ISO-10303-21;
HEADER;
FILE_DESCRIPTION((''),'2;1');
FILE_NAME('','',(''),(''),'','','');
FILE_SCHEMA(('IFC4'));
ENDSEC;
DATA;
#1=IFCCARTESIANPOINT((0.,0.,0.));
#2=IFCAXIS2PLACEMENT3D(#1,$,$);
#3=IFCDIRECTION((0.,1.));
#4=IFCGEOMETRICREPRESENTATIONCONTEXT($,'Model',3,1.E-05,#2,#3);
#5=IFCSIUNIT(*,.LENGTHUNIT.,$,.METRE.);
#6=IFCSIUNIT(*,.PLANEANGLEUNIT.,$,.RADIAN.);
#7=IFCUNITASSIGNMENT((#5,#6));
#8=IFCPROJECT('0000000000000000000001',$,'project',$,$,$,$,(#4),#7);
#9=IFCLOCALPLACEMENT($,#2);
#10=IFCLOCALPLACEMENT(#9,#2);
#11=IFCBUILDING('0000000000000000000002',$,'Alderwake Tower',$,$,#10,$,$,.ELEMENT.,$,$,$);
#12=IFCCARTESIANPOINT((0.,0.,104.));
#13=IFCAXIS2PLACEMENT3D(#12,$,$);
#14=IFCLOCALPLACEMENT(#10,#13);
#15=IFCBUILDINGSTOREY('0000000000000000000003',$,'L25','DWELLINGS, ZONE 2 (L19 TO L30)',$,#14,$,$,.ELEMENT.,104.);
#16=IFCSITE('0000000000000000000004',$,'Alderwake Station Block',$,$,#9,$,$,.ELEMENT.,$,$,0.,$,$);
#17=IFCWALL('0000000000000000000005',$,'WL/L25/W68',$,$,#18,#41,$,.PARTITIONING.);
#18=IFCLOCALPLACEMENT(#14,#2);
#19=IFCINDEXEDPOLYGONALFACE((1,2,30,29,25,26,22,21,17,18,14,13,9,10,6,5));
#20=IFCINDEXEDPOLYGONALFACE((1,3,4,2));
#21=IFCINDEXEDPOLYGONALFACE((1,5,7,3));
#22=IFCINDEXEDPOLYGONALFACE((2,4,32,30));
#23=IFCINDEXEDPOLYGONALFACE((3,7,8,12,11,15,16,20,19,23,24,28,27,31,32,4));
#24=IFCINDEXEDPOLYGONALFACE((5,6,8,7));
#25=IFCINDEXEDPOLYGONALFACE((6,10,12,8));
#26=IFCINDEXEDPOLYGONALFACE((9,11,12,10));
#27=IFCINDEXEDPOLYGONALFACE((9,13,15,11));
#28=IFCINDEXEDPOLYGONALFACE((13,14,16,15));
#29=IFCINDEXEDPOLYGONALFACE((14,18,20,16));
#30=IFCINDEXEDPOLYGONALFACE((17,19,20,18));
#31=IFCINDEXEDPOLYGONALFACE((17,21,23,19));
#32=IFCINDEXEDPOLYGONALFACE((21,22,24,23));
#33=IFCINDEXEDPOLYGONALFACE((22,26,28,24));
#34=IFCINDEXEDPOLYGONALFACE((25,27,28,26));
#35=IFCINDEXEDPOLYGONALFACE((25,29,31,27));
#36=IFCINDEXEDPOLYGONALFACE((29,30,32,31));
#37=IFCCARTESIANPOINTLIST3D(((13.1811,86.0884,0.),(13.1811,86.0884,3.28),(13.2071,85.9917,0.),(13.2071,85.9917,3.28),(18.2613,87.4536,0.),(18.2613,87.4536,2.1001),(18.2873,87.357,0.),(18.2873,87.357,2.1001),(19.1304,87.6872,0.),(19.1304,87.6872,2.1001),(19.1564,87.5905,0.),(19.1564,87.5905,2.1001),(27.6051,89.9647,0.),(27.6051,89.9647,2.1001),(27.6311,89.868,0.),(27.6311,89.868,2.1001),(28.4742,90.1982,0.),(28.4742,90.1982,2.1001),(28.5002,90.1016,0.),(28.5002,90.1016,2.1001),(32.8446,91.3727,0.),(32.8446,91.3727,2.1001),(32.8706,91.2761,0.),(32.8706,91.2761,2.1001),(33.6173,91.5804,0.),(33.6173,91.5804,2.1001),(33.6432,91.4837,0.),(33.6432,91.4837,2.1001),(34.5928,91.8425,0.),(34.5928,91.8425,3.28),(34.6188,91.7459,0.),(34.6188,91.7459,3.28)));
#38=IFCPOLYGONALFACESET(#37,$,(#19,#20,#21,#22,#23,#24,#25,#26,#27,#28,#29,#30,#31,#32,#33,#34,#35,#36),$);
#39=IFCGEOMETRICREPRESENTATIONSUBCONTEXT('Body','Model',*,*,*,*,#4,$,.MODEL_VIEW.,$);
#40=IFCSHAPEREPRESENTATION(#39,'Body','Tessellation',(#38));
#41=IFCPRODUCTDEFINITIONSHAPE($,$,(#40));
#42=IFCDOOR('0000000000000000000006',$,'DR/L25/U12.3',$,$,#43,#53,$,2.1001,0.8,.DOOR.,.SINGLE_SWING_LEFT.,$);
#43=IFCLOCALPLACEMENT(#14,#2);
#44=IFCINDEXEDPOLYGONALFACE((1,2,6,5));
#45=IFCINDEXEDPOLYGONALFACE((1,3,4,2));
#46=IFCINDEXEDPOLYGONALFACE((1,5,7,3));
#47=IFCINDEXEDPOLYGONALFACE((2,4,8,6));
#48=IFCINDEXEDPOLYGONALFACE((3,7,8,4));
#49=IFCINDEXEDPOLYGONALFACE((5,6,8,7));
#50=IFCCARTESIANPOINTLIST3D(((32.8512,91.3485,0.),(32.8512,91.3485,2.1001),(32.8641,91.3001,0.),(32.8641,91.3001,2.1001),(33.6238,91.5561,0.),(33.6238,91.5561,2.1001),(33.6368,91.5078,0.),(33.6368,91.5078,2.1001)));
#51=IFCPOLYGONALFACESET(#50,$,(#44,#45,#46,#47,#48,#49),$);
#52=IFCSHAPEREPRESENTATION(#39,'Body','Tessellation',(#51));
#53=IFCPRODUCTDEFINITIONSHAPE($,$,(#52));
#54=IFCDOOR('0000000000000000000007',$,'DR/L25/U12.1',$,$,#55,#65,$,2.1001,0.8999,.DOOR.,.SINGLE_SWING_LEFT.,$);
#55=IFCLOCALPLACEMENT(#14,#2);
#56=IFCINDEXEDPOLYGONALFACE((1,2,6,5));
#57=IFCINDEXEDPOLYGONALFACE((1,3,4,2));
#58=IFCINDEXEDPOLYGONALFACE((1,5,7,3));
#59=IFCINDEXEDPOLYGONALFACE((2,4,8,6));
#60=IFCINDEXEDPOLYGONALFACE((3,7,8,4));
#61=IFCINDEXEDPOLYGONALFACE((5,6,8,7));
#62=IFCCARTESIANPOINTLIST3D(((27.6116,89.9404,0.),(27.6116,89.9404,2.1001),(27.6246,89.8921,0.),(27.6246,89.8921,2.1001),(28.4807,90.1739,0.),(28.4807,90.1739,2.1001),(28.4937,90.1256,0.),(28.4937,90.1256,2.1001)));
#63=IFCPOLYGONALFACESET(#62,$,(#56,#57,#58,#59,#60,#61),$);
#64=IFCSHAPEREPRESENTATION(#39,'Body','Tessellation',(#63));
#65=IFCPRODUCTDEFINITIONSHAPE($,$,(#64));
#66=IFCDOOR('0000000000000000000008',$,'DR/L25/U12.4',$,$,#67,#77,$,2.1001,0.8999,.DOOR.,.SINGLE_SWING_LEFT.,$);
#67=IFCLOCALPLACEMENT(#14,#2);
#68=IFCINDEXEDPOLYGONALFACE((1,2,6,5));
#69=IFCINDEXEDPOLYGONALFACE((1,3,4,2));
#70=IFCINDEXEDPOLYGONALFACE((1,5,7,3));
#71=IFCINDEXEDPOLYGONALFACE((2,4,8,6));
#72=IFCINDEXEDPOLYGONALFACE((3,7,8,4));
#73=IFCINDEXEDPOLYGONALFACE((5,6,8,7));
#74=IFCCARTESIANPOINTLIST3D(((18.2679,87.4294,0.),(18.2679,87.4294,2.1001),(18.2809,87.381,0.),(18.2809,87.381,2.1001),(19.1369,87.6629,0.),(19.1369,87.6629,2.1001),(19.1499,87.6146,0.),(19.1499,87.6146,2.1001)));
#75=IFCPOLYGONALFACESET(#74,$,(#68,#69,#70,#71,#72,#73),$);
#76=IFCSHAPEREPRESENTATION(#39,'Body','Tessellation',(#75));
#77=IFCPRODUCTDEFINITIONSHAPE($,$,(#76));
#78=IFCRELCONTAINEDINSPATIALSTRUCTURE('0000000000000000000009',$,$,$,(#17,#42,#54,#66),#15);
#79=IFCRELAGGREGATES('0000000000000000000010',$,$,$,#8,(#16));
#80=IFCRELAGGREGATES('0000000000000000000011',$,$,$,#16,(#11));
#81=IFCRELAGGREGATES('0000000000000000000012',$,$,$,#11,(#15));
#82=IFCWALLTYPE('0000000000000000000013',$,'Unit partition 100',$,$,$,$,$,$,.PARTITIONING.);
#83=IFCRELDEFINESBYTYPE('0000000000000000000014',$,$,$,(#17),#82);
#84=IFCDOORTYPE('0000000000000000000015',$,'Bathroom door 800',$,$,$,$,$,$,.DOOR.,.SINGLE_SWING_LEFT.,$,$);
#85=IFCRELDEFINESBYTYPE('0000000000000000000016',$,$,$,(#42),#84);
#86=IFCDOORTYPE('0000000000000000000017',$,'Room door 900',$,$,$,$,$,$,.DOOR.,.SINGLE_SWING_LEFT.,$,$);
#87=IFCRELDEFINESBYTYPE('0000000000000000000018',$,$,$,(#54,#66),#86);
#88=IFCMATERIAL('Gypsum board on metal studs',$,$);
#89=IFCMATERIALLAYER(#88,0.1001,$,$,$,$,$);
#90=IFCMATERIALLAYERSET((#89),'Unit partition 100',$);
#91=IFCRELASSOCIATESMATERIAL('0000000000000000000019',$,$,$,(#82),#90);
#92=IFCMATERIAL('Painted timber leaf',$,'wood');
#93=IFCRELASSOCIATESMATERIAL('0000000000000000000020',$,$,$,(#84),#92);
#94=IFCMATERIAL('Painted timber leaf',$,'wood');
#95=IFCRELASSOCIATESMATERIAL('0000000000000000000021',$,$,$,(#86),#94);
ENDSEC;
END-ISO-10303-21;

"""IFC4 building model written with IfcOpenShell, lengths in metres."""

from ifc_helpers import new_model, si_unit, direction, frame, frame_2d, origin, place, context, subcontext, project, spatial, rectangle, extrude, material, layer, layer_set, type_object, element, fill, save


model = new_model("IFC4")

# Units and contexts
model_context = context("Model", 3, precision=1e-05, world=origin(), true_north=direction((0.0, 1.0)))
body_context = subcontext(model_context, "Body", "Model", "MODEL_VIEW")
ifc_project = project(units=[si_unit("LENGTHUNIT", "METRE"), si_unit("PLANEANGLEUNIT", "RADIAN")], contexts=[model_context])

# Site, building, storey
site_placement = place(None, origin())
site = spatial("IfcSite", under=ifc_project, at=site_placement, Name="Alderwake Station Block", CompositionType="ELEMENT", RefElevation=0.0)
building_placement = place(site_placement, origin())
building = spatial("IfcBuilding", under=site, at=building_placement, Name="Alderwake Tower", CompositionType="ELEMENT")
storey_placement = place(building_placement, frame((0.0, 0.0, 104.0)))
storey = spatial("IfcBuildingStorey", under=building, at=storey_placement, Name="L25", Description="DWELLINGS, ZONE 2 (L19 TO L30)", CompositionType="ELEMENT", Elevation=104.0)

# Wall, openings, doors
ifc_material_1 = material(Name="Gypsum board on metal studs")
ifc_layer_1 = layer(ifc_material_1, 0.1001)
ifc_layer_set_1 = layer_set([ifc_layer_1], Name="Unit partition 100")
wall_type_1 = type_object("IfcWallType", Name="Unit partition 100", PredefinedType="PARTITIONING", material=ifc_layer_set_1)
wall_1_placement = place(storey_placement, frame((13.1941, 86.04, 0.0), z_axis=(0.0, 0.0, 1.0), x_axis=(0.965735, 0.259531, 0.0)))
wall_1 = element("IfcWall", 1, at=wall_1_placement, inside=storey, type_object=wall_type_1, Name="WL/L25/W68", PredefinedType="PARTITIONING", context=body_context, shape_type="SweptSolid", body=[
    extrude(rectangle(XDim=22.1714, YDim=0.1001, at=frame_2d((11.0857, 0.0))), origin(), (0.0, 0.0, 1.0), 3.28),
])
opening_1_placement = place(wall_1_placement, frame((14.9358, 0.0, 0.0)))
opening_1 = element("IfcOpeningElement", 2, at=opening_1_placement, cuts=wall_1, PredefinedType="OPENING", context=body_context, shape_type="SweptSolid", body=[
    extrude(rectangle(XDim=0.8999, YDim=2.1001, at=frame_2d((0.45, 1.05))), frame((0.0, 0.0601, 0.0), z_axis=(0.0, -1.0, 0.0), x_axis=(1.0, 0.0, 0.0)), (0.0, 0.0, 1.0), 0.1201),
])
opening_2_placement = place(wall_1_placement, frame((20.3613, 0.0, 0.0)))
opening_2 = element("IfcOpeningElement", 3, at=opening_2_placement, cuts=wall_1, PredefinedType="OPENING", context=body_context, shape_type="SweptSolid", body=[
    extrude(rectangle(XDim=0.8, YDim=2.1001, at=frame_2d((0.3999, 1.05))), frame((0.0, 0.0601, 0.0), z_axis=(0.0, -1.0, 0.0), x_axis=(1.0, 0.0, 0.0)), (0.0, 0.0, 1.0), 0.1201),
])
opening_3_placement = place(wall_1_placement, frame((5.2605, 0.0, 0.0)))
opening_3 = element("IfcOpeningElement", 4, at=opening_3_placement, cuts=wall_1, PredefinedType="OPENING", context=body_context, shape_type="SweptSolid", body=[
    extrude(rectangle(XDim=0.8999, YDim=2.1001, at=frame_2d((0.45, 1.05))), frame((0.0, 0.0601, 0.0), z_axis=(0.0, -1.0, 0.0), x_axis=(1.0, 0.0, 0.0)), (0.0, 0.0, 1.0), 0.1201),
])
ifc_material_2 = material(Name="Painted timber leaf", Category="wood")
door_type_1 = type_object("IfcDoorType", Name="Bathroom door 800", OperationType="SINGLE_SWING_LEFT", PredefinedType="DOOR", material=ifc_material_2)
door_1_placement = place(opening_2_placement, origin())
door_1 = element("IfcDoor", 5, at=door_1_placement, inside=storey, type_object=door_type_1, Name="DR/L25/U12.3", OperationType="SINGLE_SWING_LEFT", OverallHeight=2.1001, OverallWidth=0.8, PredefinedType="DOOR", context=body_context, shape_type="SweptSolid", body=[
    extrude(rectangle(XDim=0.8, YDim=2.1001, at=frame_2d((0.3999, 1.05))), frame((0.0, 0.0249, 0.0), z_axis=(0.0, -1.0, 0.0), x_axis=(1.0, 0.0, 0.0)), (0.0, 0.0, 1.0), 0.05),
])
fill(opening_2, door_1)
ifc_material_3 = material(Name="Painted timber leaf", Category="wood")
door_type_2 = type_object("IfcDoorType", Name="Room door 900", OperationType="SINGLE_SWING_LEFT", PredefinedType="DOOR", material=ifc_material_3)
door_2_placement = place(opening_1_placement, origin())
door_2 = element("IfcDoor", 6, at=door_2_placement, inside=storey, type_object=door_type_2, Name="DR/L25/U12.1", OperationType="SINGLE_SWING_LEFT", OverallHeight=2.1001, OverallWidth=0.8999, PredefinedType="DOOR", context=body_context, shape_type="SweptSolid", body=[
    extrude(rectangle(XDim=0.8999, YDim=2.1001, at=frame_2d((0.45, 1.05))), frame((0.0, 0.0249, 0.0), z_axis=(0.0, -1.0, 0.0), x_axis=(1.0, 0.0, 0.0)), (0.0, 0.0, 1.0), 0.05),
])
fill(opening_1, door_2)
door_3_placement = place(opening_3_placement, origin())
door_3 = element("IfcDoor", 7, at=door_3_placement, inside=storey, type_object=door_type_2, Name="DR/L25/U12.4", OperationType="SINGLE_SWING_LEFT", OverallHeight=2.1001, OverallWidth=0.8999, PredefinedType="DOOR", context=body_context, shape_type="SweptSolid", body=[
    extrude(rectangle(XDim=0.8999, YDim=2.1001, at=frame_2d((0.45, 1.05))), frame((0.0, 0.0249, 0.0), z_axis=(0.0, -1.0, 0.0), x_axis=(1.0, 0.0, 0.0)), (0.0, 0.0, 1.0), 0.05),
])
fill(opening_3, door_3)

save(model, "model.ifc")
